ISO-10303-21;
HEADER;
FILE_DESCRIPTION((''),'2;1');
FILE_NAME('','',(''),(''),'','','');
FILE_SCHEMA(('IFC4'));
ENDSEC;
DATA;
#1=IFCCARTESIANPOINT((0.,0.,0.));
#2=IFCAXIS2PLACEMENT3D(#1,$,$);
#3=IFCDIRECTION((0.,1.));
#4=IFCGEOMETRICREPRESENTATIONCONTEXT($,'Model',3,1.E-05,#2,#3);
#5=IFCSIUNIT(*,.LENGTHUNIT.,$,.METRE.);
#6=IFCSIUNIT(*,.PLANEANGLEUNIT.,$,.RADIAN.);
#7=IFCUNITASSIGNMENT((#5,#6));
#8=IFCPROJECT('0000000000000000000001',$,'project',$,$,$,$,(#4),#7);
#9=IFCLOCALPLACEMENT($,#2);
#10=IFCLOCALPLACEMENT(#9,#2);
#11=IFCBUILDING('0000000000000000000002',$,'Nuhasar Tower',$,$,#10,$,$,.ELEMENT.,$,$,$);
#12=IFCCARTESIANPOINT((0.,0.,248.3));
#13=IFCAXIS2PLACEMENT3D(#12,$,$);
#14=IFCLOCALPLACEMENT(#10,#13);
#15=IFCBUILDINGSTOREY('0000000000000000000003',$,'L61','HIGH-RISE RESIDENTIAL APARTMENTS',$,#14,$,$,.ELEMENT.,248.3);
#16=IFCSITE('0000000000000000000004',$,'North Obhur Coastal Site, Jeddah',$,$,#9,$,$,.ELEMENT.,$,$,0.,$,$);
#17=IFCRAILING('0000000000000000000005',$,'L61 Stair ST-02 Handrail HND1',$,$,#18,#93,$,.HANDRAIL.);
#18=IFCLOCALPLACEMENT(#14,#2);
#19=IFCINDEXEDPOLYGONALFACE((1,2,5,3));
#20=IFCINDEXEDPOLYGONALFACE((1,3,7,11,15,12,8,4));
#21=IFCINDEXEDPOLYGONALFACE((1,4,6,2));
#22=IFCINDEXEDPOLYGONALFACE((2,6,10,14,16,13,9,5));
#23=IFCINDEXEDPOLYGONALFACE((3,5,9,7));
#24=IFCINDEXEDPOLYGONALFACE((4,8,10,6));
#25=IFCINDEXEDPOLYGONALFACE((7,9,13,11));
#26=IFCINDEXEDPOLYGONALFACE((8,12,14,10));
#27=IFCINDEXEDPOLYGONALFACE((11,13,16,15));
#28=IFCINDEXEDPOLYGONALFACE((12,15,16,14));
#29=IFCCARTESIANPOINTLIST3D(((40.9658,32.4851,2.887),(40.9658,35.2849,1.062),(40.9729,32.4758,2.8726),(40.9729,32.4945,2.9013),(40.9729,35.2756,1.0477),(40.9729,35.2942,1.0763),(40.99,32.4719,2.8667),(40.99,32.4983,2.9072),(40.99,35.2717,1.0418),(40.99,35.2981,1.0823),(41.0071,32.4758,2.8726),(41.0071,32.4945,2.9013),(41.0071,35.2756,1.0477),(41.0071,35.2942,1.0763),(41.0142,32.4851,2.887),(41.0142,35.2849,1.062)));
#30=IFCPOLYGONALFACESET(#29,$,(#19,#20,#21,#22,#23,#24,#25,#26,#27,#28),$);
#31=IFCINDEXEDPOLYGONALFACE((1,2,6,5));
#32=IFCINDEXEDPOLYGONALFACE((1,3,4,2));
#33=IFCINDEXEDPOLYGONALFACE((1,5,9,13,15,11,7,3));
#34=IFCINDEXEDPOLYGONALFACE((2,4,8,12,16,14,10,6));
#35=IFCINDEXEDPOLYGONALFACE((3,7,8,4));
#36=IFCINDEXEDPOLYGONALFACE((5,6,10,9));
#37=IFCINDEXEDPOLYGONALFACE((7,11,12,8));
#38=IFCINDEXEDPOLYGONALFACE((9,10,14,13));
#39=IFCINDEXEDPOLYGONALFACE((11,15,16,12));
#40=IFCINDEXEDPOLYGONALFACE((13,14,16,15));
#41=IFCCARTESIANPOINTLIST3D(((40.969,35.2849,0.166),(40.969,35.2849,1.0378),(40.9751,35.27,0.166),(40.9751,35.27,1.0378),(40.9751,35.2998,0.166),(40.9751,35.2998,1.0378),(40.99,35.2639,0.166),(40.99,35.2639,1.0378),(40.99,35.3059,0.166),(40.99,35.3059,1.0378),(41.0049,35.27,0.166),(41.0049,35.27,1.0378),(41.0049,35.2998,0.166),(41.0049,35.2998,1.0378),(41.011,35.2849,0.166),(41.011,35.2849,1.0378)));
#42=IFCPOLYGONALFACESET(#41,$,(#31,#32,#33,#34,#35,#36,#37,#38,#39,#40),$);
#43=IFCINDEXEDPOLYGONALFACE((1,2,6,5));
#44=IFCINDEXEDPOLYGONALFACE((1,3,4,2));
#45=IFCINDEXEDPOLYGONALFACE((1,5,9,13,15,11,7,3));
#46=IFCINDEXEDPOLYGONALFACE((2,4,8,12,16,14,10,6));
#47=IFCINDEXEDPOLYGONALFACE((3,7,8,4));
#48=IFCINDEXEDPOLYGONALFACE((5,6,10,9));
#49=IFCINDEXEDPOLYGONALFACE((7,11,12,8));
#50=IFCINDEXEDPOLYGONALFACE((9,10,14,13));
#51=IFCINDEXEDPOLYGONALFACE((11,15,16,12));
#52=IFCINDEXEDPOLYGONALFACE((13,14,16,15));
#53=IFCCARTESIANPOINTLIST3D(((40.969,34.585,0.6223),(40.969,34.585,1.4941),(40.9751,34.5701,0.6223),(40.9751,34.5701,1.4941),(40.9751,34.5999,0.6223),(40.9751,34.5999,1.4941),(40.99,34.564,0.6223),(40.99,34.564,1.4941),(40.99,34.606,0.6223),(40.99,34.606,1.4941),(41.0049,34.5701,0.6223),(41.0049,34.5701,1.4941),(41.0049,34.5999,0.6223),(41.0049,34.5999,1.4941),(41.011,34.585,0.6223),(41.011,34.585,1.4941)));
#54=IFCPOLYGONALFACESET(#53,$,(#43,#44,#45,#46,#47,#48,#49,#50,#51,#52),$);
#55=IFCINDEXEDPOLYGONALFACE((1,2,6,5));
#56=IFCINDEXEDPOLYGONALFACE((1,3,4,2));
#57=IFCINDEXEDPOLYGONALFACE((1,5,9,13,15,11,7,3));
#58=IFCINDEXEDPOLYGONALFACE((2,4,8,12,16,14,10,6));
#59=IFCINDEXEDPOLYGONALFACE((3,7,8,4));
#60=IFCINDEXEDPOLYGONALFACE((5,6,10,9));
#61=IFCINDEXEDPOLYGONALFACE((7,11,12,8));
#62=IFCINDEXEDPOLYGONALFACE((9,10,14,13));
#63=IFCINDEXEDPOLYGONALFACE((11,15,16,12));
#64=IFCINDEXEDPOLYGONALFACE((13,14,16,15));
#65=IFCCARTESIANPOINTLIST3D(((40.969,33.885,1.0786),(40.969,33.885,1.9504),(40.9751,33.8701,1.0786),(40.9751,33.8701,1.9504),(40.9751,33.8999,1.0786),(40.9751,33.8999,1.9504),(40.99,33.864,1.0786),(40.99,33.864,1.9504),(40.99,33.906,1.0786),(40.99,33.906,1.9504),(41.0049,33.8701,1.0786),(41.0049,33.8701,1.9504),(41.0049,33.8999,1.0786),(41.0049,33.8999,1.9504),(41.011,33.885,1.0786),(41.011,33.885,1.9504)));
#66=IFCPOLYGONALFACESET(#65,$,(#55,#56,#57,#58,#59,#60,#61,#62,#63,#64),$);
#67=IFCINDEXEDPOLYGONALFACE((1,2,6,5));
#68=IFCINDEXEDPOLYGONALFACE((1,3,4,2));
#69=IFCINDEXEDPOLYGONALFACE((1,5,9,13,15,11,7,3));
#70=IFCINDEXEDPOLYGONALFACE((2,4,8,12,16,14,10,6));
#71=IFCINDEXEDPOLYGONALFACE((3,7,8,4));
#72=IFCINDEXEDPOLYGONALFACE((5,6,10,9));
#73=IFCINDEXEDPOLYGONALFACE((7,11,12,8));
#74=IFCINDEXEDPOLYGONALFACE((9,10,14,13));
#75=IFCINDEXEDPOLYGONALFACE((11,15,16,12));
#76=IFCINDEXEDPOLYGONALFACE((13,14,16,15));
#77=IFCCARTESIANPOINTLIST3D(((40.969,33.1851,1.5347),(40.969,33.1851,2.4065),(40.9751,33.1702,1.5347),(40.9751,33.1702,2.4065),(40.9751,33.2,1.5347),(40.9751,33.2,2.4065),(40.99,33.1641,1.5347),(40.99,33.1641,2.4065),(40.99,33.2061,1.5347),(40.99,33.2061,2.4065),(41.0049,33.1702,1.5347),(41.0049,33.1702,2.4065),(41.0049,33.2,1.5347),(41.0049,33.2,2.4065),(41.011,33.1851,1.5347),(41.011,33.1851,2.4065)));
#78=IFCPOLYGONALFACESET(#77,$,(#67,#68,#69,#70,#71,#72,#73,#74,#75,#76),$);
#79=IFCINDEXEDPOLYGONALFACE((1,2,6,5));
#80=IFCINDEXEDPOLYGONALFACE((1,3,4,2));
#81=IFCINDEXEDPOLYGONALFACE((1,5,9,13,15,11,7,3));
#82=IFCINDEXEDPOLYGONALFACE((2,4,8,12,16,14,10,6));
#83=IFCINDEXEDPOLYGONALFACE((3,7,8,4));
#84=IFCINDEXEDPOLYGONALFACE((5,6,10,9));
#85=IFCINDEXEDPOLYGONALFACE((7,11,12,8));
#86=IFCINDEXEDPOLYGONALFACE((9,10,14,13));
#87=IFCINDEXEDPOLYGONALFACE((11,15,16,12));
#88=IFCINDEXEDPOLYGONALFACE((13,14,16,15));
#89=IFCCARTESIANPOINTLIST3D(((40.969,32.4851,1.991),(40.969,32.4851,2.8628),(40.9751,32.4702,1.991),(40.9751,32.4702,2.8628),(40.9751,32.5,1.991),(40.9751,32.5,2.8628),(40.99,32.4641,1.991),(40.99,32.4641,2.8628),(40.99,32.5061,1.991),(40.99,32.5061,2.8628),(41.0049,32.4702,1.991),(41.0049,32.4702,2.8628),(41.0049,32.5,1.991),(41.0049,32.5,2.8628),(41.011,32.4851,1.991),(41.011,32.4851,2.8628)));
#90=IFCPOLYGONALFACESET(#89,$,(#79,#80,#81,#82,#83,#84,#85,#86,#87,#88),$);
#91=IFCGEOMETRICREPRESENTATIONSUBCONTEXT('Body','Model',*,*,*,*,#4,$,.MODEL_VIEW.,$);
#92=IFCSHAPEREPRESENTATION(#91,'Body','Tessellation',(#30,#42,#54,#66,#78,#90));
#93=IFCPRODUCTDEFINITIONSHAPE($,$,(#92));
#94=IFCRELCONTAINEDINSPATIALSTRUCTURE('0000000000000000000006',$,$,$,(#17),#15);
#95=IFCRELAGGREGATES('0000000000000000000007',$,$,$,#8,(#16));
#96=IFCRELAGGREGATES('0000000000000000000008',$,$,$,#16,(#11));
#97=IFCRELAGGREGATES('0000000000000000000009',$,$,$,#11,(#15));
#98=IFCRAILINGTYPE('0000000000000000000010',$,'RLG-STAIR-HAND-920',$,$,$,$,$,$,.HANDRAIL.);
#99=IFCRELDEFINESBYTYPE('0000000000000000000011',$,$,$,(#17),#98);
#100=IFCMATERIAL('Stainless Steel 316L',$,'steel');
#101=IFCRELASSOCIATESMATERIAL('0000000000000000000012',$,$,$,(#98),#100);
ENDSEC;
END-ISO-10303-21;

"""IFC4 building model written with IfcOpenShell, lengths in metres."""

from ifc_helpers import new_model, si_unit, direction, frame, origin, place, context, subcontext, project, spatial, polyline, outline, extrude, material, type_object, element, save


model = new_model("IFC4")

# Units and contexts
model_context = context("Model", 3, precision=1e-05, world=origin(), true_north=direction((0.0, 1.0)))
body_context = subcontext(model_context, "Body", "Model", "MODEL_VIEW")
ifc_project = project(units=[si_unit("LENGTHUNIT", "METRE"), si_unit("PLANEANGLEUNIT", "RADIAN")], contexts=[model_context])

# Site, building, storey
site_placement = place(None, origin())
site = spatial("IfcSite", under=ifc_project, at=site_placement, Name="North Obhur Coastal Site, Jeddah", CompositionType="ELEMENT", RefElevation=0.0)
building_placement = place(site_placement, origin())
building = spatial("IfcBuilding", under=site, at=building_placement, Name="Nuhasar Tower", CompositionType="ELEMENT")
storey_placement = place(building_placement, frame((0.0, 0.0, 248.3)))
storey = spatial("IfcBuildingStorey", under=building, at=storey_placement, Name="L61", Description="HIGH-RISE RESIDENTIAL APARTMENTS", CompositionType="ELEMENT", Elevation=248.3)

# Railing
ifc_material_1 = material(Name="Stainless Steel 316L", Category="steel")
railing_type_1 = type_object("IfcRailingType", Name="RLG-STAIR-HAND-920", PredefinedType="HANDRAIL", material=ifc_material_1)
railing_1_placement = place(storey_placement, frame((40.99, 35.2849, 0.166)))
element("IfcRailing", 1, at=railing_1_placement, inside=storey, type_object=railing_type_1, Name="L61 Stair ST-02 Handrail HND1", PredefinedType="HANDRAIL", context=body_context, shape_type="SweptSolid", body=[
    extrude(outline(polyline([(0.0242, 0.0), (0.0171, 0.0171), (0.0, 0.0242), (-0.0171, 0.0171), (-0.0242, 0.0), (-0.0171, -0.0171), (0.0, -0.0242), (0.0171, -0.0171), (0.0242, 0.0)])), frame((0.0, 0.0, 0.896), z_axis=(0.0, -0.837749, 0.546056), x_axis=(1.0, 0.0, 0.0)), (0.0, 0.0, 1.0), 3.342),
    extrude(outline(polyline([(0.021, 0.0), (0.0149, 0.0149), (0.0, 0.021), (-0.0149, 0.0149), (-0.021, 0.0), (-0.0149, -0.0149), (0.0, -0.021), (0.0149, -0.0149), (0.021, 0.0)])), origin(), (0.0, 0.0, 1.0), 0.8718),
    extrude(outline(polyline([(0.021, 0.0), (0.0149, 0.0149), (0.0, 0.021), (-0.0149, 0.0149), (-0.021, 0.0), (-0.0149, -0.0149), (0.0, -0.021), (0.0149, -0.0149), (0.021, 0.0)])), frame((0.0, -0.7, 0.4563)), (0.0, 0.0, 1.0), 0.8718),
    extrude(outline(polyline([(0.021, 0.0), (0.0149, 0.0149), (0.0, 0.021), (-0.0149, 0.0149), (-0.021, 0.0), (-0.0149, -0.0149), (0.0, -0.021), (0.0149, -0.0149), (0.021, 0.0)])), frame((0.0, -1.3999, 0.9126)), (0.0, 0.0, 1.0), 0.8718),
    extrude(outline(polyline([(0.021, 0.0), (0.0149, 0.0149), (0.0, 0.021), (-0.0149, 0.0149), (-0.021, 0.0), (-0.0149, -0.0149), (0.0, -0.021), (0.0149, -0.0149), (0.021, 0.0)])), frame((0.0, -2.0999, 1.3687)), (0.0, 0.0, 1.0), 0.8718),
    extrude(outline(polyline([(0.021, 0.0), (0.0149, 0.0149), (0.0, 0.021), (-0.0149, 0.0149), (-0.021, 0.0), (-0.0149, -0.0149), (0.0, -0.021), (0.0149, -0.0149), (0.021, 0.0)])), frame((0.0, -2.7998, 1.825)), (0.0, 0.0, 1.0), 0.8718),
])

save(model, "model.ifc")
